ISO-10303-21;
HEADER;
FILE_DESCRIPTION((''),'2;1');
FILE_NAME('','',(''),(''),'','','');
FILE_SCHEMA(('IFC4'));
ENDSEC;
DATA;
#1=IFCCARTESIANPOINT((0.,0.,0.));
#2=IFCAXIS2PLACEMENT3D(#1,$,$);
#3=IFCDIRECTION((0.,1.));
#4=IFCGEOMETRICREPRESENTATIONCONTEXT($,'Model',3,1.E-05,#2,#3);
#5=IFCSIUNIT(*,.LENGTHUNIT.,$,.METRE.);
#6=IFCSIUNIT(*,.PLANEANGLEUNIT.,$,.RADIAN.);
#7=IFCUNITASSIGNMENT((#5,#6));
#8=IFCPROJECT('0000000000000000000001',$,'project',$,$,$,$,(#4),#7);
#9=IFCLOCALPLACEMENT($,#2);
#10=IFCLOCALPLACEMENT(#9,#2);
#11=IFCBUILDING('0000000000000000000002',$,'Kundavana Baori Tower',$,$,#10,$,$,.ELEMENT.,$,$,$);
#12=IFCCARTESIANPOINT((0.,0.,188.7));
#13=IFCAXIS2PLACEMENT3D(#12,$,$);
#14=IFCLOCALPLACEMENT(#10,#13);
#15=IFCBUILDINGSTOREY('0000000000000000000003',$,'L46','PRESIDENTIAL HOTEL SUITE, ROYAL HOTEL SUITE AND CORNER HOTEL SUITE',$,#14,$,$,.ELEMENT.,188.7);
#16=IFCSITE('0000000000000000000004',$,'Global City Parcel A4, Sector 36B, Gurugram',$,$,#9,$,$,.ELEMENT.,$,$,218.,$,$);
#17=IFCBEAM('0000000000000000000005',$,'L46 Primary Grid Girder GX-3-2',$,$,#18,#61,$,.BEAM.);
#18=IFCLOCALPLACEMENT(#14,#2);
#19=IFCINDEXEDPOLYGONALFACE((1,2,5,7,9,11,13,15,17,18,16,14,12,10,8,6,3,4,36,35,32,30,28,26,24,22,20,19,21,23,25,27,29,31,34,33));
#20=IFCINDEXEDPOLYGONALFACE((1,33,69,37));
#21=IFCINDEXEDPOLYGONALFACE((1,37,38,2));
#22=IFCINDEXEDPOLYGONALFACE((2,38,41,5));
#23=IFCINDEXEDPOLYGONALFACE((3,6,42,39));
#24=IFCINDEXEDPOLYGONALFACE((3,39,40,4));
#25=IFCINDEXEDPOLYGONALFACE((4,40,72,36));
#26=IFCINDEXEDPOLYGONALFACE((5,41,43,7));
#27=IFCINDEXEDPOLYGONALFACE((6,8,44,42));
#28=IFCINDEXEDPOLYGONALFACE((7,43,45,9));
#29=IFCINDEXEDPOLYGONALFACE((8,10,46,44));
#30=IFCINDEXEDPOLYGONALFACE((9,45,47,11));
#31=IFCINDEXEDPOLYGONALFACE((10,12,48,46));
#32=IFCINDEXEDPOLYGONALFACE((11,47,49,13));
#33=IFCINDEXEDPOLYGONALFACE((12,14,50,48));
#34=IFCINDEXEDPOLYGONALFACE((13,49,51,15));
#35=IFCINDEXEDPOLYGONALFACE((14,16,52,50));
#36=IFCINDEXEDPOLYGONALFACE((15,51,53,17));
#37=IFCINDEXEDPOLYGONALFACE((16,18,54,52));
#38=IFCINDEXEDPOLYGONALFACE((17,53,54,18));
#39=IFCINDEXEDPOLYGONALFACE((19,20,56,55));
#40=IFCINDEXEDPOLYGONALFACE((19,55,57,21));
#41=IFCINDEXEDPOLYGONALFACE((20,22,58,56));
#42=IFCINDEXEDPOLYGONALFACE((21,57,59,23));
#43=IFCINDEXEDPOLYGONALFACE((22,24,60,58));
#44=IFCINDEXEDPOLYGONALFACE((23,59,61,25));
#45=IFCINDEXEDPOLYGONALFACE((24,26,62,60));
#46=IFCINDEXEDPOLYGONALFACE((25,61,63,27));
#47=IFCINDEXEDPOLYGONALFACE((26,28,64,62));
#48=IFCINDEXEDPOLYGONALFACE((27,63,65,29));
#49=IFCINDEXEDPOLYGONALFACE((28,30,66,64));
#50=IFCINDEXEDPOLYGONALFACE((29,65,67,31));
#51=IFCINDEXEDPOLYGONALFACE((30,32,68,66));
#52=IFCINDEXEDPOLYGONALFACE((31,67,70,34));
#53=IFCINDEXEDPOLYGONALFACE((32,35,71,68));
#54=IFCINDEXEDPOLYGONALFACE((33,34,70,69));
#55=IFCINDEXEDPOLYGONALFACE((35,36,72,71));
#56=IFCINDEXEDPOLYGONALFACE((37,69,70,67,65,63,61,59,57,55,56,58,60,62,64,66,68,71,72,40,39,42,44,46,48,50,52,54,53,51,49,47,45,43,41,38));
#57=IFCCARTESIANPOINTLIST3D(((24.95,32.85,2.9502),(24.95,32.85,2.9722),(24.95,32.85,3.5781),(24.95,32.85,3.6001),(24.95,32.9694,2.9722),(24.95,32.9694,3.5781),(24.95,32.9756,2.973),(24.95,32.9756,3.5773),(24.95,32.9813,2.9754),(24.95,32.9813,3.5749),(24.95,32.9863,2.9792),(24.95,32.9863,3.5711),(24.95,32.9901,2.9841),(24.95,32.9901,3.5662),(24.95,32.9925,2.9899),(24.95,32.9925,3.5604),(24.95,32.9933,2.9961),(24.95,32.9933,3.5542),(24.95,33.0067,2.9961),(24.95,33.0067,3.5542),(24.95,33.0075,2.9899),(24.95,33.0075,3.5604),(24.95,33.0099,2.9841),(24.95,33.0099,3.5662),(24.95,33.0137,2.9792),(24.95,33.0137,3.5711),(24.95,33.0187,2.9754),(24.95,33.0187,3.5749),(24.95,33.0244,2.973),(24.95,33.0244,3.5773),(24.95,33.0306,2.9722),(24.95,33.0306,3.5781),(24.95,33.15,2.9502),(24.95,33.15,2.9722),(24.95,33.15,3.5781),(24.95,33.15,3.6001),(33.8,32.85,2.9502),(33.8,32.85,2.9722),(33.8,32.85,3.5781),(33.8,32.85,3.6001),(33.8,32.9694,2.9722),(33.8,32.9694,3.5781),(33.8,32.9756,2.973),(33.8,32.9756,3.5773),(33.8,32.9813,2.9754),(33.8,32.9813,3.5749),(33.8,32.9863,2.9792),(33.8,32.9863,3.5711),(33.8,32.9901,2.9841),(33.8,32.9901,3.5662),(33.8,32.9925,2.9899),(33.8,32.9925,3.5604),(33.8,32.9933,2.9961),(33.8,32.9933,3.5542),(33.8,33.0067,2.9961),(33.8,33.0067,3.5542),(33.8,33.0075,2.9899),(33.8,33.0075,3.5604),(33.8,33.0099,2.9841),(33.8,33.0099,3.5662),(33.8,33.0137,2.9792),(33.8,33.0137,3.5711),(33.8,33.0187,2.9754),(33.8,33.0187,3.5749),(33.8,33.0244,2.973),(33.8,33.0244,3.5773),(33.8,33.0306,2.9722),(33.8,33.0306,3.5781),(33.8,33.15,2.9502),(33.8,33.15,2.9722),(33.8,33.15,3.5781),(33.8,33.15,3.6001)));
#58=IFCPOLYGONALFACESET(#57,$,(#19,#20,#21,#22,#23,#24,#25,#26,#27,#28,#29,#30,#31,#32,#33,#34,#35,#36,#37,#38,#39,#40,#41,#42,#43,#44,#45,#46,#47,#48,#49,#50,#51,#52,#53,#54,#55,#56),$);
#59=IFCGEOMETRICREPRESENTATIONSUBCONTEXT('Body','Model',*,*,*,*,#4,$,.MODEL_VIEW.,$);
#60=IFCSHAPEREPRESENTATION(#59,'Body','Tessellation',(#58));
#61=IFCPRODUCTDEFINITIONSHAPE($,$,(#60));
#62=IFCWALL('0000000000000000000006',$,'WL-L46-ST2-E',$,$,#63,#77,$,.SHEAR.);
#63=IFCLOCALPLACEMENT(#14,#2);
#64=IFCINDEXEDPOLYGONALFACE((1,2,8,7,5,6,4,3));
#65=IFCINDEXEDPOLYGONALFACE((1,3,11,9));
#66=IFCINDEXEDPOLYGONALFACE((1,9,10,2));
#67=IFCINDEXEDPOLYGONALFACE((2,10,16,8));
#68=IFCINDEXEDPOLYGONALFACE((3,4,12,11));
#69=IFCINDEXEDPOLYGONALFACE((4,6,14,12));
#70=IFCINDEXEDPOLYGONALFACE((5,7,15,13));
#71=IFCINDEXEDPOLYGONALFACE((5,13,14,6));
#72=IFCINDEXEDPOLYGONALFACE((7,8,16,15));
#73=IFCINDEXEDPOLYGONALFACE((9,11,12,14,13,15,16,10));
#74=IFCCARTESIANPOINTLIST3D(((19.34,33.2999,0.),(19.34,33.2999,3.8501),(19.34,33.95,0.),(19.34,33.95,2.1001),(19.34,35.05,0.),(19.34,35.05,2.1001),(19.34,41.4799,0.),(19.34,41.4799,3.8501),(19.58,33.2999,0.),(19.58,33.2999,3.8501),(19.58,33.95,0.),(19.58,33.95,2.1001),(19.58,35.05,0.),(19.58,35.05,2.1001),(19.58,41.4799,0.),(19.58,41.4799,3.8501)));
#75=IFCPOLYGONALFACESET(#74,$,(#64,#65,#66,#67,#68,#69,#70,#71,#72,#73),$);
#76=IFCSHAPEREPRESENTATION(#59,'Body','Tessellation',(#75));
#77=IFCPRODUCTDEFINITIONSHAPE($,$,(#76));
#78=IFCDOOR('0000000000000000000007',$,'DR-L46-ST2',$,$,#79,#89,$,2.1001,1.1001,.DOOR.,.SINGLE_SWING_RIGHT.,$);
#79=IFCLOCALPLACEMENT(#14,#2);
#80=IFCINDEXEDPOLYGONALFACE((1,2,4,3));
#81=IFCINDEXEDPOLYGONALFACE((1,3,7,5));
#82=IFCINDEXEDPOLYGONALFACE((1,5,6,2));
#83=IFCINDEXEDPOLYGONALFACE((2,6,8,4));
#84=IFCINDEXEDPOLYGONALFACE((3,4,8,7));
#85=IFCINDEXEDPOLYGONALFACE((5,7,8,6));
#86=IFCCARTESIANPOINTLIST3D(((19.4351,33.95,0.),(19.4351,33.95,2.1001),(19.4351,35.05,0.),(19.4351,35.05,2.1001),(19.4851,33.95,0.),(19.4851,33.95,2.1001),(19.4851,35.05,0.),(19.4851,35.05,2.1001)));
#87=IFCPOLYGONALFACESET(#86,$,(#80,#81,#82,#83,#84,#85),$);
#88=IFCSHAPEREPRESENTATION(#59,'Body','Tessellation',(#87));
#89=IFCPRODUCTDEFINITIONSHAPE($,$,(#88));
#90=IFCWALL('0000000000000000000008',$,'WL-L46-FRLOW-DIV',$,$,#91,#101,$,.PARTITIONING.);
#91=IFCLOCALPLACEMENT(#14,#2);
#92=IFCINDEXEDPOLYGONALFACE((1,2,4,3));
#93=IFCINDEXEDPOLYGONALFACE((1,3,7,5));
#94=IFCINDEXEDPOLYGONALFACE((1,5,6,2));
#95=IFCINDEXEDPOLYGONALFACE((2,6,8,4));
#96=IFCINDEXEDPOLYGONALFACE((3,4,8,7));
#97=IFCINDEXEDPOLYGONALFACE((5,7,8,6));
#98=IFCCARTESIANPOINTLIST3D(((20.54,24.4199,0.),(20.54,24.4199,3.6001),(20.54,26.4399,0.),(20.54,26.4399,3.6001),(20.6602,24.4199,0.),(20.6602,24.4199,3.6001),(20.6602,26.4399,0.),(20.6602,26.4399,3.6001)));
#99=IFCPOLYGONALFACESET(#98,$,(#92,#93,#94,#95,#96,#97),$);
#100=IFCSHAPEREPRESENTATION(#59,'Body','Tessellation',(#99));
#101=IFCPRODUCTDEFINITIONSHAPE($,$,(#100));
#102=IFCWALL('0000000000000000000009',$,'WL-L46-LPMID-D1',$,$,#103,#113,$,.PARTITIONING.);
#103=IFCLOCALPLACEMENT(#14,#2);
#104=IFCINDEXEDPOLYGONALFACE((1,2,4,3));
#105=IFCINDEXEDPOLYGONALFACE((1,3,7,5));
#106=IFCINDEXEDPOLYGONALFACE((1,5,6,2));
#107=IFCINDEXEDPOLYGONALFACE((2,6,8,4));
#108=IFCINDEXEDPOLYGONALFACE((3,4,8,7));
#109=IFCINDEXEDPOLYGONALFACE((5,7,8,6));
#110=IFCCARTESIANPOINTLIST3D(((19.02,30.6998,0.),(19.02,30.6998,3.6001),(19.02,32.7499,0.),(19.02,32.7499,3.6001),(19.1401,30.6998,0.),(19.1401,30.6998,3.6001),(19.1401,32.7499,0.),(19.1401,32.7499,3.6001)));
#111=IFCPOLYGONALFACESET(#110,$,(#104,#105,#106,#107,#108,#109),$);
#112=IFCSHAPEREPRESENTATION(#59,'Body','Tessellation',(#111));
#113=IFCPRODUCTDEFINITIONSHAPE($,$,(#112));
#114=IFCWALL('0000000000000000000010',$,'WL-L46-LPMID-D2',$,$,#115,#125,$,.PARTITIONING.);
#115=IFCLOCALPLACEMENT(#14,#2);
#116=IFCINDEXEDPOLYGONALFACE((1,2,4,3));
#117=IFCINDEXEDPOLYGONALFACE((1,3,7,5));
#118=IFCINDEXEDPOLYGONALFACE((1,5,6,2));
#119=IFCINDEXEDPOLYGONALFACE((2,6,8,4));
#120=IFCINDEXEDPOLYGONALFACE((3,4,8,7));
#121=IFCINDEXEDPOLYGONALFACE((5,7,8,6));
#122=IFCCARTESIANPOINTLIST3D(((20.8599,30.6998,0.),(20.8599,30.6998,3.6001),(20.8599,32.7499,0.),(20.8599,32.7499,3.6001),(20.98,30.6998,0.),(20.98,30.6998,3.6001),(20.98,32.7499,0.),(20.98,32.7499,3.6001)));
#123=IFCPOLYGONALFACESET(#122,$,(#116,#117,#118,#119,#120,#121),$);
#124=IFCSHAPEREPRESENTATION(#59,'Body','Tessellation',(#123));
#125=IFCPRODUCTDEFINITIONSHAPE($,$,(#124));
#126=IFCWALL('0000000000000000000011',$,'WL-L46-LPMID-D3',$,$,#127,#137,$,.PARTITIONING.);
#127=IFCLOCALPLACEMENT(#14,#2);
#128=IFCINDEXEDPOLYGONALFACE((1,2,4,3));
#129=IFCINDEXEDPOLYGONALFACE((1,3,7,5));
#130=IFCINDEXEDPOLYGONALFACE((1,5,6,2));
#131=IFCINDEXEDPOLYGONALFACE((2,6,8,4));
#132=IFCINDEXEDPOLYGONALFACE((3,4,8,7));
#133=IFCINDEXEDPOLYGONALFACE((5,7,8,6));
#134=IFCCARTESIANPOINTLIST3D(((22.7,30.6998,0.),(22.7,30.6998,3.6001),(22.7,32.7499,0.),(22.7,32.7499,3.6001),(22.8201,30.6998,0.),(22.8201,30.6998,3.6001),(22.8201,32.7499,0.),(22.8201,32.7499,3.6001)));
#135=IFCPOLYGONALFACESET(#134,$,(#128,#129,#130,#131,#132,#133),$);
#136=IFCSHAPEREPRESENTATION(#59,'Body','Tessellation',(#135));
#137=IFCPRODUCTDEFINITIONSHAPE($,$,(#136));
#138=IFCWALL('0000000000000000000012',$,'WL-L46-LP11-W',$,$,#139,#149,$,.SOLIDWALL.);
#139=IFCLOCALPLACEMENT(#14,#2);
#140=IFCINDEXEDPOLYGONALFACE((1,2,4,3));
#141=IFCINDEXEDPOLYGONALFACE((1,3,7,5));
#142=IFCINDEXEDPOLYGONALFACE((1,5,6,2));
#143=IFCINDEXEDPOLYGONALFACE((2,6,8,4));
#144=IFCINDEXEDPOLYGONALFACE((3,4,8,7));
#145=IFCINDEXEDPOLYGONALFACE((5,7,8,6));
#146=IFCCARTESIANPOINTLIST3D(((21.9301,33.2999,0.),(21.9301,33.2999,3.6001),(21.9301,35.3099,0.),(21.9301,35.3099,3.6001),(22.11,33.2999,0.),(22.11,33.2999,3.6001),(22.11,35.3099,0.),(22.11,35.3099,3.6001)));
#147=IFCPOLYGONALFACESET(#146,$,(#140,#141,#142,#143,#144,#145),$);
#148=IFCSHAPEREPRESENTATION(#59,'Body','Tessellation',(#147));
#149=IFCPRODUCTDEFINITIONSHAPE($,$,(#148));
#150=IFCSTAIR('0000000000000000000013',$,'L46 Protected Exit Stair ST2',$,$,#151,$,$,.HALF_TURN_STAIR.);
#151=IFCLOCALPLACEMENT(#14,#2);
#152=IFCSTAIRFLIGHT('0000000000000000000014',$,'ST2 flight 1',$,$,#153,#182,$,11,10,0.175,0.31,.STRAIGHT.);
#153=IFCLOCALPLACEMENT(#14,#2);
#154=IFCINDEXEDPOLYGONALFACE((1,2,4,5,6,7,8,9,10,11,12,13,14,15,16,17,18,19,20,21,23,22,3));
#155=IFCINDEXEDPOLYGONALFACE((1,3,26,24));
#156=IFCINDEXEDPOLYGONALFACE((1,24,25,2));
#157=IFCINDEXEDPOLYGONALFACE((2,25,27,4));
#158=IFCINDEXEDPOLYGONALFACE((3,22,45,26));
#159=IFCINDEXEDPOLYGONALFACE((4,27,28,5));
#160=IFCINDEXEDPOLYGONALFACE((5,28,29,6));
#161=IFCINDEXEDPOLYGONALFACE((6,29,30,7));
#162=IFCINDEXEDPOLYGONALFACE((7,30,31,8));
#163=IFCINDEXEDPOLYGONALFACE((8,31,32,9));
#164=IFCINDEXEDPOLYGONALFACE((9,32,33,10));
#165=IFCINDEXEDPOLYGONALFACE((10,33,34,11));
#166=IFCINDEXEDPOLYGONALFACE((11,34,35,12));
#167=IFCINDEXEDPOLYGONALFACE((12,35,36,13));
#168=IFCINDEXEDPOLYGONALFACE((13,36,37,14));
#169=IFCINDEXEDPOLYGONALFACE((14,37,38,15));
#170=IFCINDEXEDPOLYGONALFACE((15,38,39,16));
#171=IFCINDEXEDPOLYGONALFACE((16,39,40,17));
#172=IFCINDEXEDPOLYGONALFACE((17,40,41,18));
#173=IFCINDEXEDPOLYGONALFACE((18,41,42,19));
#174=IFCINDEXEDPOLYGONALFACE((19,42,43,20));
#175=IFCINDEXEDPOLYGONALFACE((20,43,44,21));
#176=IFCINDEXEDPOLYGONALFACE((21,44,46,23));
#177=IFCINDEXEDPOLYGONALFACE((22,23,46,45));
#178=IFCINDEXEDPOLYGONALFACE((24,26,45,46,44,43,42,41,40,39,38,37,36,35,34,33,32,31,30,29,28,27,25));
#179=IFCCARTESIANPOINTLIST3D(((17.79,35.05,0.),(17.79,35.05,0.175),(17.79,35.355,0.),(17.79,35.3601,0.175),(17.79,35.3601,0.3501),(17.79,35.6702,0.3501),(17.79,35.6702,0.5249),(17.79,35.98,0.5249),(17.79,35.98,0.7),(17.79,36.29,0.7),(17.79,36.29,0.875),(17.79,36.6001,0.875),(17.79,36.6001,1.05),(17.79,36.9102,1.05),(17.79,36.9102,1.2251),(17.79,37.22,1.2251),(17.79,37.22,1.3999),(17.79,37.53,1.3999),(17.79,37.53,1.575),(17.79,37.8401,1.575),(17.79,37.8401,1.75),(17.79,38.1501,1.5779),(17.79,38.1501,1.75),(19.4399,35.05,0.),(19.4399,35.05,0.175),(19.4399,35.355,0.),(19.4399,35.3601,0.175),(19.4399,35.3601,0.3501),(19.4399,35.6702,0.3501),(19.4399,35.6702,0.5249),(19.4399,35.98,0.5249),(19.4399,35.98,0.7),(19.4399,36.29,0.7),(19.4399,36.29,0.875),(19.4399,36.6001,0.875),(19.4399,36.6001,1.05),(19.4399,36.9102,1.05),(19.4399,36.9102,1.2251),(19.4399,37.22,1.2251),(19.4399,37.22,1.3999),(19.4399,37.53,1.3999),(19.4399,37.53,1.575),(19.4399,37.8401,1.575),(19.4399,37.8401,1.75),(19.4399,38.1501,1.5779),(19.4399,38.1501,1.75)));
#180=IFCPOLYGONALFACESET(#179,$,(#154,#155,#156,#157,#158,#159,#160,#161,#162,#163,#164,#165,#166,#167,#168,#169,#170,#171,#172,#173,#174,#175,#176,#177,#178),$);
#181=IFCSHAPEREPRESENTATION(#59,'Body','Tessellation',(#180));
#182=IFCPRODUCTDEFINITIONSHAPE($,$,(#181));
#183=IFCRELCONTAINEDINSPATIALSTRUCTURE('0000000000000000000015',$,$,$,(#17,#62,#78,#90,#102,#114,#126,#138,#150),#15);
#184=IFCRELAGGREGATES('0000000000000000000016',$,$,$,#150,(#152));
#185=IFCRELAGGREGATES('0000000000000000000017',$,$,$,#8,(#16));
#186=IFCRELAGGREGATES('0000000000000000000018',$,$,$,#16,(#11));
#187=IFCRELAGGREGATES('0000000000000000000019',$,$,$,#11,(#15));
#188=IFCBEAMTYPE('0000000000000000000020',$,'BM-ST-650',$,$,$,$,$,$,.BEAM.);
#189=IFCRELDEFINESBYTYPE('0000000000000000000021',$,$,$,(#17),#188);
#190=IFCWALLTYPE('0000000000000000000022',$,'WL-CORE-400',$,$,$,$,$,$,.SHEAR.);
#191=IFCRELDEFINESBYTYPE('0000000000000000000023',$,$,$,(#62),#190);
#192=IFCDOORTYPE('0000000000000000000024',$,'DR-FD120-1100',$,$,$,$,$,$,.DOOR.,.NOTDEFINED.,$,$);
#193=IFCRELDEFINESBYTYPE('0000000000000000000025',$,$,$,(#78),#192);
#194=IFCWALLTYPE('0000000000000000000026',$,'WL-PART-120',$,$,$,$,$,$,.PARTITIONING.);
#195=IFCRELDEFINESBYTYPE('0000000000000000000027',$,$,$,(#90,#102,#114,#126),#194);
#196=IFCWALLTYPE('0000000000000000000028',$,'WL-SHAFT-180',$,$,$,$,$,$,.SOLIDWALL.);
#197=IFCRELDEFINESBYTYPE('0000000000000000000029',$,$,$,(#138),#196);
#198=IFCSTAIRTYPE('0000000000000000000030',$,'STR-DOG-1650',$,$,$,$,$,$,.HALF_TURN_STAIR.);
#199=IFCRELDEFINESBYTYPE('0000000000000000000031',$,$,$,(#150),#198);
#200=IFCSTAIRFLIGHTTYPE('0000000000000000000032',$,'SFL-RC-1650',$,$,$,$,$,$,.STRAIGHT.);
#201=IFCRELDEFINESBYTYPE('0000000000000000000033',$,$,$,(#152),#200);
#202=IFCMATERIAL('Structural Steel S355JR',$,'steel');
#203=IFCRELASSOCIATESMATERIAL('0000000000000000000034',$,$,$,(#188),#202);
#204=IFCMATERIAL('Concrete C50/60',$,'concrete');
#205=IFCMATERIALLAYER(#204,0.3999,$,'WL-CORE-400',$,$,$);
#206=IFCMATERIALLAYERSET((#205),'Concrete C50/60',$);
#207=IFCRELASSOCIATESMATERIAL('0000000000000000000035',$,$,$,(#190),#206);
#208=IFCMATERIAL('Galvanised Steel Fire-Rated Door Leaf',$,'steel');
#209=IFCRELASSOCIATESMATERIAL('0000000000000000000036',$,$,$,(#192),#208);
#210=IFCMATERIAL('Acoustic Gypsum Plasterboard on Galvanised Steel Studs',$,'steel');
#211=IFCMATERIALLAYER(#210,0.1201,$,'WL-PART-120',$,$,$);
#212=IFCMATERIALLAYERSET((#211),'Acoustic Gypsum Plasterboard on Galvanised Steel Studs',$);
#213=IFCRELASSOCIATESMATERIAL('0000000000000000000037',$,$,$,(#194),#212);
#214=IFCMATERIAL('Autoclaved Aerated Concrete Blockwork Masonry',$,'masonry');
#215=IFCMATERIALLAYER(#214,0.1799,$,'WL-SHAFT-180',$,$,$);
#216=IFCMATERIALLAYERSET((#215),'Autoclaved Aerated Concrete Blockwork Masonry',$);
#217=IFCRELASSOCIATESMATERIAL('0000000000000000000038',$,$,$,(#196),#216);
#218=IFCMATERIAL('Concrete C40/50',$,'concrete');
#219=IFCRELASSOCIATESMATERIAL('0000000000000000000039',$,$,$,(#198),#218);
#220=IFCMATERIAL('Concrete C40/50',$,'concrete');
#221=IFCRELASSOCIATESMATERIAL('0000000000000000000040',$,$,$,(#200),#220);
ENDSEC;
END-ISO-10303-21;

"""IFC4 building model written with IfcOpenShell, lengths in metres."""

from ifc_helpers import new_model, si_unit, direction, frame, frame_2d, origin, origin_2d, place, context, subcontext, project, spatial, polyline, rectangle, i_section, outline, extrude, material, layer, layer_set, material_profile, profile_set, type_object, element, fill, aggregate, save


model = new_model("IFC4")

# Units and contexts
model_context = context("Model", 3, precision=1e-05, world=origin(), true_north=direction((0.0, 1.0)))
body_context = subcontext(model_context, "Body", "Model", "MODEL_VIEW")
ifc_project = project(units=[si_unit("LENGTHUNIT", "METRE"), si_unit("PLANEANGLEUNIT", "RADIAN")], contexts=[model_context])

# Site, building, storey
site_placement = place(None, origin())
site = spatial("IfcSite", under=ifc_project, at=site_placement, Name="Global City Parcel A4, Sector 36B, Gurugram", CompositionType="ELEMENT", RefElevation=218.0)
building_placement = place(site_placement, origin())
building = spatial("IfcBuilding", under=site, at=building_placement, Name="Kundavana Baori Tower", CompositionType="ELEMENT")
storey_placement = place(building_placement, frame((0.0, 0.0, 188.7)))
storey = spatial("IfcBuildingStorey", under=building, at=storey_placement, Name="L46", Description="PRESIDENTIAL HOTEL SUITE, ROYAL HOTEL SUITE AND CORNER HOTEL SUITE", CompositionType="ELEMENT", Elevation=188.7)

# Beam
ifc_material_1 = material(Name="Structural Steel S355JR", Category="steel")
ifc_material_profile_1 = material_profile(ifc_material_1, i_section(OverallWidth=0.3, OverallDepth=0.6499, WebThickness=0.0134, FlangeThickness=0.022, FilletRadius=0.0239, at=origin_2d()), Name="NPB 650x300x155")
ifc_profile_set_1 = profile_set([ifc_material_profile_1], Name="Structural Steel S355JR")
beam_type_1 = type_object("IfcBeamType", Name="BM-ST-650", PredefinedType="BEAM", material=ifc_profile_set_1)
for number, where, z_axis, x_axis, name in (
    (1, (24.95, 33.0, 3.2751), (1.0, 0.0, 0.0), (0.0, 1.0, 0.0), "L46 Primary Grid Girder GX-3-2"),
):
    element("IfcBeam", number, at=place(storey_placement, frame(where, z_axis=z_axis, x_axis=x_axis)), inside=storey, type_object=beam_type_1, Name=name, PredefinedType="BEAM", context=body_context, shape_type="SweptSolid", body=[
        extrude(i_section(OverallWidth=0.3, OverallDepth=0.6499, WebThickness=0.0134, FlangeThickness=0.022, FilletRadius=0.0239, at=origin_2d()), origin(), (0.0, 0.0, 1.0), 8.8501),
    ])

# Wall, opening, door
ifc_material_2 = material(Name="Concrete C50/60", Category="concrete")
ifc_layer_1 = layer(ifc_material_2, 0.3999, Name="WL-CORE-400")
ifc_layer_set_1 = layer_set([ifc_layer_1], Name="Concrete C50/60")
wall_type_1 = type_object("IfcWallType", Name="WL-CORE-400", PredefinedType="SHEAR", material=ifc_layer_set_1)
wall_1_placement = place(storey_placement, frame((19.46, 33.3, 0.0), z_axis=(0.0, 0.0, 1.0), x_axis=(0.0, 1.0, 0.0)))
wall_1 = element("IfcWall", 2, at=wall_1_placement, inside=storey, type_object=wall_type_1, Name="WL-L46-ST2-E", PredefinedType="SHEAR", context=body_context, shape_type="SweptSolid", body=[
    extrude(rectangle(XDim=8.1799, YDim=0.24, at=frame_2d((4.0898, 0.0))), origin(), (0.0, 0.0, 1.0), 3.8501),
])
opening_placement = place(wall_1_placement, frame((0.6499, 0.0, 0.0)))
opening = element("IfcOpeningElement", 3, at=opening_placement, cuts=wall_1, PredefinedType="OPENING", context=body_context, shape_type="SweptSolid", body=[
    extrude(rectangle(XDim=1.1001, YDim=2.1001, at=frame_2d((0.55, 1.05))), frame((0.0, 0.1299, 0.0), z_axis=(0.0, -1.0, 0.0), x_axis=(1.0, 0.0, 0.0)), (0.0, 0.0, 1.0), 0.26),
])
ifc_material_3 = material(Name="Galvanised Steel Fire-Rated Door Leaf", Category="steel")
door_type = type_object("IfcDoorType", Name="DR-FD120-1100", OperationType="NOTDEFINED", PredefinedType="DOOR", material=ifc_material_3)
door_placement = place(opening_placement, origin())
door = element("IfcDoor", 4, at=door_placement, inside=storey, type_object=door_type, Name="DR-L46-ST2", OperationType="SINGLE_SWING_RIGHT", OverallHeight=2.1001, OverallWidth=1.1001, PredefinedType="DOOR", context=body_context, shape_type="SweptSolid", body=[
    extrude(rectangle(XDim=1.1001, YDim=2.1001, at=frame_2d((0.55, 1.05))), frame((0.0, 0.0249, 0.0), z_axis=(0.0, -1.0, 0.0), x_axis=(1.0, 0.0, 0.0)), (0.0, 0.0, 1.0), 0.05),
])
fill(opening, door)

# Walls
ifc_material_4 = material(Name="Acoustic Gypsum Plasterboard on Galvanised Steel Studs", Category="steel")
ifc_layer_2 = layer(ifc_material_4, 0.1201, Name="WL-PART-120")
ifc_layer_set_2 = layer_set([ifc_layer_2], Name="Acoustic Gypsum Plasterboard on Galvanised Steel Studs")
wall_type_2 = type_object("IfcWallType", Name="WL-PART-120", PredefinedType="PARTITIONING", material=ifc_layer_set_2)
wall_2_placement = place(storey_placement, frame((20.6001, 24.4199, 0.0), z_axis=(0.0, 0.0, 1.0), x_axis=(0.0, 1.0, 0.0)))
element("IfcWall", 5, at=wall_2_placement, inside=storey, type_object=wall_type_2, Name="WL-L46-FRLOW-DIV", PredefinedType="PARTITIONING", context=body_context, shape_type="SweptSolid", body=[
    extrude(rectangle(XDim=2.02, YDim=0.1201, at=frame_2d((1.01, 0.0))), origin(), (0.0, 0.0, 1.0), 3.6001),
])
for number, where, z_axis, x_axis, name in (
    (6, (19.0801, 30.7, 0.0), (0.0, 0.0, 1.0), (0.0, 1.0, 0.0), "WL-L46-LPMID-D1"),
    (7, (20.9199, 30.7, 0.0), (0.0, 0.0, 1.0), (0.0, 1.0, 0.0), "WL-L46-LPMID-D2"),
    (8, (22.76, 30.7, 0.0), (0.0, 0.0, 1.0), (0.0, 1.0, 0.0), "WL-L46-LPMID-D3"),
):
    element("IfcWall", number, at=place(storey_placement, frame(where, z_axis=z_axis, x_axis=x_axis)), inside=storey, type_object=wall_type_2, Name=name, PredefinedType="PARTITIONING", context=body_context, shape_type="SweptSolid", body=[
        extrude(rectangle(XDim=2.05, YDim=0.1201, at=frame_2d((1.0249, 0.0))), origin(), (0.0, 0.0, 1.0), 3.6001),
    ])
ifc_material_5 = material(Name="Autoclaved Aerated Concrete Blockwork Masonry", Category="masonry")
ifc_layer_3 = layer(ifc_material_5, 0.1799, Name="WL-SHAFT-180")
ifc_layer_set_3 = layer_set([ifc_layer_3], Name="Autoclaved Aerated Concrete Blockwork Masonry")
wall_type_3 = type_object("IfcWallType", Name="WL-SHAFT-180", PredefinedType="SOLIDWALL", material=ifc_layer_set_3)
wall_3_placement = place(storey_placement, frame((22.02, 33.3, 0.0), z_axis=(0.0, 0.0, 1.0), x_axis=(0.0, 1.0, 0.0)))
element("IfcWall", 9, at=wall_3_placement, inside=storey, type_object=wall_type_3, Name="WL-L46-LP11-W", PredefinedType="SOLIDWALL", context=body_context, shape_type="SweptSolid", body=[
    extrude(rectangle(XDim=2.01, YDim=0.1799, at=frame_2d((1.0049, 0.0))), origin(), (0.0, 0.0, 1.0), 3.6001),
])

# Stair, stair flight
ifc_material_6 = material(Name="Concrete C40/50", Category="concrete")
stair_type = type_object("IfcStairType", Name="STR-DOG-1650", PredefinedType="HALF_TURN_STAIR", material=ifc_material_6)
stair_placement = place(storey_placement, origin())
stair = element("IfcStair", 10, at=stair_placement, inside=storey, type_object=stair_type, Name="L46 Protected Exit Stair ST2", PredefinedType="HALF_TURN_STAIR")
ifc_material_7 = material(Name="Concrete C40/50", Category="concrete")
stair_flight_type = type_object("IfcStairFlightType", Name="SFL-RC-1650", PredefinedType="STRAIGHT", material=ifc_material_7)
stair_flight_placement = place(storey_placement, frame((18.615, 35.05, 0.0), z_axis=(0.0, 0.0, 1.0), x_axis=(0.0, 1.0, 0.0)))
stair_flight = element("IfcStairFlight", 11, at=stair_flight_placement, type_object=stair_flight_type, Name="ST2 flight 1", NumberOfRisers=11, NumberOfTreads=10, PredefinedType="STRAIGHT", RiserHeight=0.175, TreadLength=0.31, context=body_context, shape_type="SweptSolid", body=[
    extrude(outline(polyline([(0.0, 0.0), (0.0, 0.175), (0.3101, 0.175), (0.3101, 0.3501), (0.6201, 0.3501), (0.6201, 0.5249), (0.9299, 0.5249), (0.9299, 0.7), (1.24, 0.7), (1.24, 0.875), (1.55, 0.875), (1.55, 1.05), (1.8601, 1.05), (1.8601, 1.2251), (2.1699, 1.2251), (2.1699, 1.3999), (2.48, 1.3999), (2.48, 1.575), (2.79, 1.575), (2.79, 1.75), (3.1001, 1.75), (3.1001, 1.925), (3.1001, 1.5779), (0.3049, 0.0), (0.0, 0.0)])), frame((0.0, 0.825, 0.0), z_axis=(0.0, -1.0, 0.0), x_axis=(1.0, 0.0, 0.0)), (0.0, 0.0, 1.0), 1.6499),
])
aggregate(stair, [stair_flight])

save(model, "model.ifc")
